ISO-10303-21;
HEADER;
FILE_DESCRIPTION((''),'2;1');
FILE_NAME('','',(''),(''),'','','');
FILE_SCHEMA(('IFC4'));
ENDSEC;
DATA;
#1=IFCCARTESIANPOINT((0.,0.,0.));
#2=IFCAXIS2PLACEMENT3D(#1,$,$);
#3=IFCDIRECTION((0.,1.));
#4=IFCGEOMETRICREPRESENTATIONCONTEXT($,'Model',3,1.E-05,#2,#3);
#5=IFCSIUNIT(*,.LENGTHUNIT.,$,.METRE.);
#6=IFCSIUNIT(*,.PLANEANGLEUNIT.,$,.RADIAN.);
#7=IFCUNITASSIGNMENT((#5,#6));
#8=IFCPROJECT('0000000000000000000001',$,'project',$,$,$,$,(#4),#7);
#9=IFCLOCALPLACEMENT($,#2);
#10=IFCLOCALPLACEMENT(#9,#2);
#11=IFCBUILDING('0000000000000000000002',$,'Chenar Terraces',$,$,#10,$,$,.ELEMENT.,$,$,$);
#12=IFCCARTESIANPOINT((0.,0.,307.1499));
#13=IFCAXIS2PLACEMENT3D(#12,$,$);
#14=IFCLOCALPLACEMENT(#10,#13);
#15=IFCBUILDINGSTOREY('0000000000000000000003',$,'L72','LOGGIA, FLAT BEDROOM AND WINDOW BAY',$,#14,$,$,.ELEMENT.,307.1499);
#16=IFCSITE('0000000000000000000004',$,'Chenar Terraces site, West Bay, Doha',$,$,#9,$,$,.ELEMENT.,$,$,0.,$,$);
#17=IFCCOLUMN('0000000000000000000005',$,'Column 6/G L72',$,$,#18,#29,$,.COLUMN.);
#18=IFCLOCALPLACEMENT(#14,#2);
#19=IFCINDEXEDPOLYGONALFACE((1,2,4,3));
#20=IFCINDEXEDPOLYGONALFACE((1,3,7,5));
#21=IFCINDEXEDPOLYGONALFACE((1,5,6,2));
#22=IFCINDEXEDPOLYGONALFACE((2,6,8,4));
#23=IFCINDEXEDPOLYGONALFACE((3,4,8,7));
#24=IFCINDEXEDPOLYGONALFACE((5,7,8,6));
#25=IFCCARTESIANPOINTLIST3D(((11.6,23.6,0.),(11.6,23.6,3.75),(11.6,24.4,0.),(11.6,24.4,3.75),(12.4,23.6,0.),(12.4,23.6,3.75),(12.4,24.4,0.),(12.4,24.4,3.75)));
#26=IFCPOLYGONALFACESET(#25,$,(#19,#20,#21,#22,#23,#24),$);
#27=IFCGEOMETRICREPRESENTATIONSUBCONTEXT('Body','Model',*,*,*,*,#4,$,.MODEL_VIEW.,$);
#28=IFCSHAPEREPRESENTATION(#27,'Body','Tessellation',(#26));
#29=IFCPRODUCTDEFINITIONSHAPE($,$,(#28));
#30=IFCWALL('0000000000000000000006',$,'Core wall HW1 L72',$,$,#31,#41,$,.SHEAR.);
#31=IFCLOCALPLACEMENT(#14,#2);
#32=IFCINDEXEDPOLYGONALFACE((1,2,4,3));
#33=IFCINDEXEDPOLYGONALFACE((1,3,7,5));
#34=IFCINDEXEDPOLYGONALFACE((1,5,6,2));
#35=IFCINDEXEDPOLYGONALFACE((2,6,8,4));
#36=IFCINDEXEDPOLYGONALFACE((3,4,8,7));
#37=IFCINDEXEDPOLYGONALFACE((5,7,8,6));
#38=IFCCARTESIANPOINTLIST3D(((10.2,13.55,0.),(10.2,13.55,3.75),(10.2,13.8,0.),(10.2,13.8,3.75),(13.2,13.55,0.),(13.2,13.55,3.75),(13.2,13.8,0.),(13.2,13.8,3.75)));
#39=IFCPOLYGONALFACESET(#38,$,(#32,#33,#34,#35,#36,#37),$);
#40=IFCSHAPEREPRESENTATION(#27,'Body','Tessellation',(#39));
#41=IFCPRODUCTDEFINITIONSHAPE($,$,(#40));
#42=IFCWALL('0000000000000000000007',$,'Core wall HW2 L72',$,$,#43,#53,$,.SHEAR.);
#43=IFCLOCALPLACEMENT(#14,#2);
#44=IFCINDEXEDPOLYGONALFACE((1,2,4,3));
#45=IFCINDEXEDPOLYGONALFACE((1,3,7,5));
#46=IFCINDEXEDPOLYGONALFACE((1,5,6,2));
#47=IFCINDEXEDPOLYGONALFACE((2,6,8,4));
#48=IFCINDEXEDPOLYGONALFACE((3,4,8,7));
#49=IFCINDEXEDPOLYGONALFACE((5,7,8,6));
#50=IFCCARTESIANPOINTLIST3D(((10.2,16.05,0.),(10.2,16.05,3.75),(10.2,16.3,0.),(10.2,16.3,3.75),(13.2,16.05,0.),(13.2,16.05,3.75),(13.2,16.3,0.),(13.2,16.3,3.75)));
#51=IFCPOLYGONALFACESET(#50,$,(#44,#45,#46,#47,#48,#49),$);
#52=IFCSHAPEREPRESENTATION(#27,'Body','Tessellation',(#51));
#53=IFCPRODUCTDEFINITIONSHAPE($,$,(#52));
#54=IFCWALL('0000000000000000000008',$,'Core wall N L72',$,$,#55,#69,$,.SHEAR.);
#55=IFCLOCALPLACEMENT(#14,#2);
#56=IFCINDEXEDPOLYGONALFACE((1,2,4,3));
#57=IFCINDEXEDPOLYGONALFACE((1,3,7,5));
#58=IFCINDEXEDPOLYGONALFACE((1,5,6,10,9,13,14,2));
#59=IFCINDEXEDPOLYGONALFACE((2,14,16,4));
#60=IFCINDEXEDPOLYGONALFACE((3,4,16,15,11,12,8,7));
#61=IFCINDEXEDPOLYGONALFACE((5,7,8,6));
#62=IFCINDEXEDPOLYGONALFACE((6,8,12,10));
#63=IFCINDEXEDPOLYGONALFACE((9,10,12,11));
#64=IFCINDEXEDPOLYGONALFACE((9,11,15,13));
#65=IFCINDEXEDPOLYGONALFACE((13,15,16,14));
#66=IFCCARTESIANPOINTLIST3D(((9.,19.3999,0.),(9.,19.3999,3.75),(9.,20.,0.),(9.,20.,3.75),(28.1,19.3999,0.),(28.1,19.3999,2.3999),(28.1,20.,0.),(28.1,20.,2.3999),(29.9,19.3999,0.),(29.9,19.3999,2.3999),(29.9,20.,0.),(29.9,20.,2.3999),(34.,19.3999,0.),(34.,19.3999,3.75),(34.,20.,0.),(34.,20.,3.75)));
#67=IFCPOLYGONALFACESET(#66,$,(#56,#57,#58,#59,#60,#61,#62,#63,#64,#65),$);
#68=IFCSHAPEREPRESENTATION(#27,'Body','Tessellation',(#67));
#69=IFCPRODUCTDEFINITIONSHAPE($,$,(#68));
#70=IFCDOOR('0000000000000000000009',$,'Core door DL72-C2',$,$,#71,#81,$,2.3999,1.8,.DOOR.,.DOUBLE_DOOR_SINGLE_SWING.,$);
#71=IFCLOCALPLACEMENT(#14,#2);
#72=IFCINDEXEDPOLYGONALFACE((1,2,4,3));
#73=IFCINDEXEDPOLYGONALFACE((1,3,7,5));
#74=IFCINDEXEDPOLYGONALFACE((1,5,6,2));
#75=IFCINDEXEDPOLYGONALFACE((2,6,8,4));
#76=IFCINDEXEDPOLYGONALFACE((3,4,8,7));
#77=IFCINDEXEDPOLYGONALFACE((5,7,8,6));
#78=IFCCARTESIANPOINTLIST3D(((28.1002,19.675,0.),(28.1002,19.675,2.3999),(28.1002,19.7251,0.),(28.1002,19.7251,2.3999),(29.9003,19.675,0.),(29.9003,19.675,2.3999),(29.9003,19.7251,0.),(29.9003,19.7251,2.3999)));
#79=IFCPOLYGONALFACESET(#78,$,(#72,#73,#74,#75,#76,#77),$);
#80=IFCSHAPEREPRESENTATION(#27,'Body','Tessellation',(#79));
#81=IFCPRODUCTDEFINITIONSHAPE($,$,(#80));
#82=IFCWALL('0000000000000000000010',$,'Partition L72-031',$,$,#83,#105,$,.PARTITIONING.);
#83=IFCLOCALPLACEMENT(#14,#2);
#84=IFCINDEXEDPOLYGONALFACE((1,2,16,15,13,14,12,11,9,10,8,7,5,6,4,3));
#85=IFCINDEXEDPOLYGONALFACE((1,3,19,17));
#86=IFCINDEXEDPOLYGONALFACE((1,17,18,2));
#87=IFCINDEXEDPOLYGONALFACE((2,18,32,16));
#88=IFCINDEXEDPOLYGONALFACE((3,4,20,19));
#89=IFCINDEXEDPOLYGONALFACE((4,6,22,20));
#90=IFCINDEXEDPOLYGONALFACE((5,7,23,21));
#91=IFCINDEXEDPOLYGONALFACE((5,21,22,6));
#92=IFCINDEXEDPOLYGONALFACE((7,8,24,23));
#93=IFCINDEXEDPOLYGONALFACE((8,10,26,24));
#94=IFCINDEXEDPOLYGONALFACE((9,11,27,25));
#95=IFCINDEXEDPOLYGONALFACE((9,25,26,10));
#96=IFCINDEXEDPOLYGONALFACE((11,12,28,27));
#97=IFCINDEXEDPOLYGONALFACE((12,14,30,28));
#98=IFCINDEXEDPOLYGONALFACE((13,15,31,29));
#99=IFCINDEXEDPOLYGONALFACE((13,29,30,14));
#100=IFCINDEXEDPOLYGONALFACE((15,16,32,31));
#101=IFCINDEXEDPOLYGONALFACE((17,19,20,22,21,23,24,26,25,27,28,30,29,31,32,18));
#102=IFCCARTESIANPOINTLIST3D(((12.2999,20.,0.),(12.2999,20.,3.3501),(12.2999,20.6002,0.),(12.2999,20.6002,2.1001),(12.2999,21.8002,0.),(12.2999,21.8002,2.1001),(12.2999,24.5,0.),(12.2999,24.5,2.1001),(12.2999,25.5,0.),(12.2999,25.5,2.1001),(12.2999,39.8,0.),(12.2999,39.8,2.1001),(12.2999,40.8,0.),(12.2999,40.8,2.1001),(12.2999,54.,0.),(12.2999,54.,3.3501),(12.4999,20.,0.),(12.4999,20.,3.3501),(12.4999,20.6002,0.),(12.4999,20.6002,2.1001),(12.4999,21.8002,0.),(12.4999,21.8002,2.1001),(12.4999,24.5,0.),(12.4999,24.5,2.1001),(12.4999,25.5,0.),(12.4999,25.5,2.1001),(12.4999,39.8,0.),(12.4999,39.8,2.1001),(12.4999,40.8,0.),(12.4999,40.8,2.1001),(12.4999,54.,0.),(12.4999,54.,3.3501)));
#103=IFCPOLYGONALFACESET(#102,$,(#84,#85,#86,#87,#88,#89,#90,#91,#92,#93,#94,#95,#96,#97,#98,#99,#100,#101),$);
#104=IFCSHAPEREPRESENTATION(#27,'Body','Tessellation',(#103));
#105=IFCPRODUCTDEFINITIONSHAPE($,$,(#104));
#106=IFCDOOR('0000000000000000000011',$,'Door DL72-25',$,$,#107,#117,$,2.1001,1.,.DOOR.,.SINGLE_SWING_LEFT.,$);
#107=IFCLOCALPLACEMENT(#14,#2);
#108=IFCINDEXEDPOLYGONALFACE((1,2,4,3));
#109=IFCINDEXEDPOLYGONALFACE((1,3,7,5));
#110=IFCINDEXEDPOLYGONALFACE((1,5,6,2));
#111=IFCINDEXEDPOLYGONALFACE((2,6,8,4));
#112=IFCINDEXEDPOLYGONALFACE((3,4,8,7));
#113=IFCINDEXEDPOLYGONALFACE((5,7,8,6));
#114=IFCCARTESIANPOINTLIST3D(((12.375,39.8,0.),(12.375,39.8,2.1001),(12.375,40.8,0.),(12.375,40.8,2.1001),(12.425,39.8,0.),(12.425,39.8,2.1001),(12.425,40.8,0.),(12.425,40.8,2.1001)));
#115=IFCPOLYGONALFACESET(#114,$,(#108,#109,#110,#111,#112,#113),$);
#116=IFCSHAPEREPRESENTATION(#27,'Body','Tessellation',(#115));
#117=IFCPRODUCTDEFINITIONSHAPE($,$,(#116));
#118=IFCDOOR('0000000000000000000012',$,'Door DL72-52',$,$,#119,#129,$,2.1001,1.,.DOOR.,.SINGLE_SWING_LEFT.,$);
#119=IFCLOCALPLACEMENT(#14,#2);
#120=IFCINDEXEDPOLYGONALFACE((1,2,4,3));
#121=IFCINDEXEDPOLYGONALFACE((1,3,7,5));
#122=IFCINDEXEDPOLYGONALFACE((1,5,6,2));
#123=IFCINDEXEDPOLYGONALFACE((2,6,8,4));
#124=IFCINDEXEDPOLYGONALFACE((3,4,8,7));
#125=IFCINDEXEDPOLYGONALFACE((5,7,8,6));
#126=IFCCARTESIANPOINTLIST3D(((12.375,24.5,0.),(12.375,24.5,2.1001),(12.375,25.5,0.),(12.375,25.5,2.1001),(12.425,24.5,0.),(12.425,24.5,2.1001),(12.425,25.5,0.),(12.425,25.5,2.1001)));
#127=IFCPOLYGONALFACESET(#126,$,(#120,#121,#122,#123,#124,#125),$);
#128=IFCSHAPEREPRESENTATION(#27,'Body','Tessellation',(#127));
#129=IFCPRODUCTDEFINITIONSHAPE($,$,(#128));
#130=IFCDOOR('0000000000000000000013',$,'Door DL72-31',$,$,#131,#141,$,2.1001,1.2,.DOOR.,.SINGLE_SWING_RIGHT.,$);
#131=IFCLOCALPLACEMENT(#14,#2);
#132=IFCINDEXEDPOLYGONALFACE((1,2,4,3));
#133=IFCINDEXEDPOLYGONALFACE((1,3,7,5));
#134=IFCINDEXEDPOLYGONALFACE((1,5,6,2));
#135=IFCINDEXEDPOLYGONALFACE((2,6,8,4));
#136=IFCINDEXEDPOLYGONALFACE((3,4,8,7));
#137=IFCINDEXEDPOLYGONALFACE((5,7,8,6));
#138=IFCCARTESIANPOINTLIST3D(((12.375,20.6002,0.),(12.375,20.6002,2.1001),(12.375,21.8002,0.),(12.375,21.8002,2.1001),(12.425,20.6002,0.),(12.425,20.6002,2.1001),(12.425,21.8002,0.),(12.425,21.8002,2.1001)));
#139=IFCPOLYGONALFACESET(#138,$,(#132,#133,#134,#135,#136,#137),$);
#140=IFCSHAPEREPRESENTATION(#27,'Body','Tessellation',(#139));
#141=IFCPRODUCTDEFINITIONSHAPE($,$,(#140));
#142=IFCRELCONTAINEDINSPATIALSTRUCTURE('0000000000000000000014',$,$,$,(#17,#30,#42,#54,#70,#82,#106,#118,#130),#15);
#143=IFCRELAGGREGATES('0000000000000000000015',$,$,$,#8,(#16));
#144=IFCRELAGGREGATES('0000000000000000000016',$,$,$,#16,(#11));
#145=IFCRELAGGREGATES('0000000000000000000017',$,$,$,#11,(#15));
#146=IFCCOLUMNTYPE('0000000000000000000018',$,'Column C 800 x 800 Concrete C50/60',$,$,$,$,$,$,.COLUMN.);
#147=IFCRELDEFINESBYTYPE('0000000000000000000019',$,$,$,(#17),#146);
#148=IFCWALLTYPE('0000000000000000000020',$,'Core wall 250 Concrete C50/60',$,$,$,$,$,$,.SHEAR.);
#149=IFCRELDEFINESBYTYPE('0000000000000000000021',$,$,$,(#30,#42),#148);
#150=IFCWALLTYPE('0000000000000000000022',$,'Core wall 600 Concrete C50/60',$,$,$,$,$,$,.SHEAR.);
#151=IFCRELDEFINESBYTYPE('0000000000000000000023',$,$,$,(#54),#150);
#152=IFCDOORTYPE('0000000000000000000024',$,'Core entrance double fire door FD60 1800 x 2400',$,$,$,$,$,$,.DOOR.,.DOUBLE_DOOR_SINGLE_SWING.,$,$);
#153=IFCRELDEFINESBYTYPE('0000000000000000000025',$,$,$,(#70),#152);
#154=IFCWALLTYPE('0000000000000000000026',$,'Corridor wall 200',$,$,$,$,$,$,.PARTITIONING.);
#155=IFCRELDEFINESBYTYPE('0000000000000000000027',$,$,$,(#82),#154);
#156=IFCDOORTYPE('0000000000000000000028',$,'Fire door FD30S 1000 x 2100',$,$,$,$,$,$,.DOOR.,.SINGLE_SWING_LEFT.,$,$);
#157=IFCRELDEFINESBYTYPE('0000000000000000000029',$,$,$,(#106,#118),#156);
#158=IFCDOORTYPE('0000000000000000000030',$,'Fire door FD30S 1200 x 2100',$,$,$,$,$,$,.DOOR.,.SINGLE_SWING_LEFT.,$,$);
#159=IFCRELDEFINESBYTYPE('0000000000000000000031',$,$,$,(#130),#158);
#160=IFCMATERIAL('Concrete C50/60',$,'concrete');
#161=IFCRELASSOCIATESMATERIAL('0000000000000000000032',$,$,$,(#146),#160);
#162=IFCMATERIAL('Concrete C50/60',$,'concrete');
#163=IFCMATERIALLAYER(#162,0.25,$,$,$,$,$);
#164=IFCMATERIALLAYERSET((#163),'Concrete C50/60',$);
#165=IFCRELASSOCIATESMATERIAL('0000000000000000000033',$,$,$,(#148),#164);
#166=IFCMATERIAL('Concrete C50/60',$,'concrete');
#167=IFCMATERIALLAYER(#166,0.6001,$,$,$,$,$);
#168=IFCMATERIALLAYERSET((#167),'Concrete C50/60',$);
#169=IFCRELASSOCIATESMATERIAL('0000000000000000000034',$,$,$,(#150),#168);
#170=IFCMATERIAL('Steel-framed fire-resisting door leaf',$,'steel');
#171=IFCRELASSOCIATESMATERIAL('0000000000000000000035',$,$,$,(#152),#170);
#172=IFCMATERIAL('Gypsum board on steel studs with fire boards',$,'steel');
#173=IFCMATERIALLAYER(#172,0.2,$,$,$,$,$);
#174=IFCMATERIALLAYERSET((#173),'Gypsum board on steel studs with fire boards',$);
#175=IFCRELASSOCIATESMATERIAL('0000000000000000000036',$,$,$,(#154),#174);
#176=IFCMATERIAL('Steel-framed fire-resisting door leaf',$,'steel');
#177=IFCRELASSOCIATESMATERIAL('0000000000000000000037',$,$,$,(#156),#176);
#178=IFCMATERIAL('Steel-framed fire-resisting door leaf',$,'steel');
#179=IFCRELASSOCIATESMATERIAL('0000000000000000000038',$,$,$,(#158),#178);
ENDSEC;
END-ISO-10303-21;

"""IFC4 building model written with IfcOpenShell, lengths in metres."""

from ifc_helpers import new_model, si_unit, direction, frame, frame_2d, origin, origin_2d, place, context, subcontext, project, spatial, rectangle, extrude, material, layer, layer_set, material_profile, profile_set, type_object, element, fill, save


model = new_model("IFC4")

# Units and contexts
model_context = context("Model", 3, precision=1e-05, world=origin(), true_north=direction((0.0, 1.0)))
body_context = subcontext(model_context, "Body", "Model", "MODEL_VIEW")
ifc_project = project(units=[si_unit("LENGTHUNIT", "METRE"), si_unit("PLANEANGLEUNIT", "RADIAN")], contexts=[model_context])

# Site, building, storey
site_placement = place(None, origin())
site = spatial("IfcSite", under=ifc_project, at=site_placement, Name="Chenar Terraces site, West Bay, Doha", CompositionType="ELEMENT", RefElevation=0.0)
building_placement = place(site_placement, origin())
building = spatial("IfcBuilding", under=site, at=building_placement, Name="Chenar Terraces", CompositionType="ELEMENT")
storey_placement = place(building_placement, frame((0.0, 0.0, 307.1499)))
storey = spatial("IfcBuildingStorey", under=building, at=storey_placement, Name="L72", Description="LOGGIA, FLAT BEDROOM AND WINDOW BAY", CompositionType="ELEMENT", Elevation=307.1499)

# Column
ifc_material_1 = material(Name="Concrete C50/60", Category="concrete")
ifc_material_profile = material_profile(ifc_material_1, rectangle(XDim=0.8, YDim=0.8, at=origin_2d()), Name="C 800 x 800")
ifc_profile_set = profile_set([ifc_material_profile], Name="Concrete C50/60")
column_type = type_object("IfcColumnType", Name="Column C 800 x 800 Concrete C50/60", PredefinedType="COLUMN", material=ifc_profile_set)
column_placement = place(storey_placement, frame((12.0, 24.0, 0.0), z_axis=(0.0, 0.0, 1.0), x_axis=(1.0, 0.0, 0.0)))
element("IfcColumn", 1, at=column_placement, inside=storey, type_object=column_type, Name="Column 6/G L72", PredefinedType="COLUMN", context=body_context, shape_type="SweptSolid", body=[
    extrude(rectangle(XDim=0.8, YDim=0.8, at=origin_2d()), origin(), (0.0, 0.0, 1.0), 3.75),
])

# Walls
ifc_material_2 = material(Name="Concrete C50/60", Category="concrete")
ifc_layer_1 = layer(ifc_material_2, 0.25)
ifc_layer_set_1 = layer_set([ifc_layer_1], Name="Concrete C50/60")
wall_type_1 = type_object("IfcWallType", Name="Core wall 250 Concrete C50/60", PredefinedType="SHEAR", material=ifc_layer_set_1)
for number, where, z_axis, x_axis, name in (
    (2, (10.2, 13.675, 0.0), (0.0, 0.0, 1.0), (1.0, 0.0, 0.0), "Core wall HW1 L72"),
    (3, (10.2, 16.175, 0.0), (0.0, 0.0, 1.0), (1.0, 0.0, 0.0), "Core wall HW2 L72"),
):
    element("IfcWall", number, at=place(storey_placement, frame(where, z_axis=z_axis, x_axis=x_axis)), inside=storey, type_object=wall_type_1, Name=name, PredefinedType="SHEAR", context=body_context, shape_type="SweptSolid", body=[
        extrude(rectangle(XDim=3.0, YDim=0.25, at=frame_2d((1.5, 0.0))), origin(), (0.0, 0.0, 1.0), 3.75),
    ])

# Wall, opening, door
ifc_material_3 = material(Name="Concrete C50/60", Category="concrete")
ifc_layer_2 = layer(ifc_material_3, 0.6001)
ifc_layer_set_2 = layer_set([ifc_layer_2], Name="Concrete C50/60")
wall_type_2 = type_object("IfcWallType", Name="Core wall 600 Concrete C50/60", PredefinedType="SHEAR", material=ifc_layer_set_2)
wall_1_placement = place(storey_placement, frame((9.0, 19.7, 0.0), z_axis=(0.0, 0.0, 1.0), x_axis=(1.0, 0.0, 0.0)))
wall_1 = element("IfcWall", 4, at=wall_1_placement, inside=storey, type_object=wall_type_2, Name="Core wall N L72", PredefinedType="SHEAR", context=body_context, shape_type="SweptSolid", body=[
    extrude(rectangle(XDim=25.0, YDim=0.6001, at=frame_2d((12.5, 0.0))), origin(), (0.0, 0.0, 1.0), 3.75),
])
opening_1_placement = place(wall_1_placement, frame((19.1001, 0.0, 0.0)))
opening_1 = element("IfcOpeningElement", 5, at=opening_1_placement, cuts=wall_1, PredefinedType="OPENING", context=body_context, shape_type="SweptSolid", body=[
    extrude(rectangle(XDim=1.8, YDim=2.3999, at=frame_2d((0.8999, 1.2))), frame((0.0, 0.3101, 0.0), z_axis=(0.0, -1.0, 0.0), x_axis=(1.0, 0.0, 0.0)), (0.0, 0.0, 1.0), 0.6201),
])
ifc_material_4 = material(Name="Steel-framed fire-resisting door leaf", Category="steel")
door_type_1 = type_object("IfcDoorType", Name="Core entrance double fire door FD60 1800 x 2400", OperationType="DOUBLE_DOOR_SINGLE_SWING", PredefinedType="DOOR", material=ifc_material_4)
door_1_placement = place(opening_1_placement, frame((1.8, 0.0, 0.0), z_axis=(0.0, 0.0, 1.0), x_axis=(-1.0, 0.0, 0.0)))
door_1 = element("IfcDoor", 6, at=door_1_placement, inside=storey, type_object=door_type_1, Name="Core door DL72-C2", OperationType="DOUBLE_DOOR_SINGLE_SWING", OverallHeight=2.3999, OverallWidth=1.8, PredefinedType="DOOR", context=body_context, shape_type="SweptSolid", body=[
    extrude(rectangle(XDim=1.8, YDim=2.3999, at=frame_2d((0.8999, 1.2))), frame((0.0, 0.0249, 0.0), z_axis=(0.0, -1.0, 0.0), x_axis=(1.0, 0.0, 0.0)), (0.0, 0.0, 1.0), 0.05),
])
fill(opening_1, door_1)

# Wall, openings, doors
ifc_material_5 = material(Name="Gypsum board on steel studs with fire boards", Category="steel")
ifc_layer_3 = layer(ifc_material_5, 0.2)
ifc_layer_set_3 = layer_set([ifc_layer_3], Name="Gypsum board on steel studs with fire boards")
wall_type_3 = type_object("IfcWallType", Name="Corridor wall 200", PredefinedType="PARTITIONING", material=ifc_layer_set_3)
wall_2_placement = place(storey_placement, frame((12.3999, 20.0, 0.0), z_axis=(0.0, 0.0, 1.0), x_axis=(0.0, 1.0, 0.0)))
wall_2 = element("IfcWall", 7, at=wall_2_placement, inside=storey, type_object=wall_type_3, Name="Partition L72-031", PredefinedType="PARTITIONING", context=body_context, shape_type="SweptSolid", body=[
    extrude(rectangle(XDim=34.0, YDim=0.2, at=frame_2d((17.0, 0.0))), origin(), (0.0, 0.0, 1.0), 3.3501),
])
opening_2_placement = place(wall_2_placement, frame((19.8, 0.0, 0.0)))
opening_2 = element("IfcOpeningElement", 8, at=opening_2_placement, cuts=wall_2, PredefinedType="OPENING", context=body_context, shape_type="SweptSolid", body=[
    extrude(rectangle(XDim=1.0, YDim=2.1001, at=frame_2d((0.5, 1.05))), frame((0.0, 0.1099, 0.0), z_axis=(0.0, -1.0, 0.0), x_axis=(1.0, 0.0, 0.0)), (0.0, 0.0, 1.0), 0.22),
])
opening_3_placement = place(wall_2_placement, frame((0.6001, 0.0, 0.0)))
opening_3 = element("IfcOpeningElement", 9, at=opening_3_placement, cuts=wall_2, PredefinedType="OPENING", context=body_context, shape_type="SweptSolid", body=[
    extrude(rectangle(XDim=1.2, YDim=2.1001, at=frame_2d((0.6001, 1.05))), frame((0.0, 0.1099, 0.0), z_axis=(0.0, -1.0, 0.0), x_axis=(1.0, 0.0, 0.0)), (0.0, 0.0, 1.0), 0.22),
])
opening_4_placement = place(wall_2_placement, frame((4.5, 0.0, 0.0)))
opening_4 = element("IfcOpeningElement", 10, at=opening_4_placement, cuts=wall_2, PredefinedType="OPENING", context=body_context, shape_type="SweptSolid", body=[
    extrude(rectangle(XDim=1.0, YDim=2.1001, at=frame_2d((0.5, 1.05))), frame((0.0, 0.1099, 0.0), z_axis=(0.0, -1.0, 0.0), x_axis=(1.0, 0.0, 0.0)), (0.0, 0.0, 1.0), 0.22),
])
ifc_material_6 = material(Name="Steel-framed fire-resisting door leaf", Category="steel")
door_type_2 = type_object("IfcDoorType", Name="Fire door FD30S 1000 x 2100", OperationType="SINGLE_SWING_LEFT", PredefinedType="DOOR", material=ifc_material_6)
door_2_placement = place(opening_2_placement, origin())
door_2 = element("IfcDoor", 11, at=door_2_placement, inside=storey, type_object=door_type_2, Name="Door DL72-25", OperationType="SINGLE_SWING_LEFT", OverallHeight=2.1001, OverallWidth=1.0, PredefinedType="DOOR", context=body_context, shape_type="SweptSolid", body=[
    extrude(rectangle(XDim=1.0, YDim=2.1001, at=frame_2d((0.5, 1.05))), frame((0.0, 0.0249, 0.0), z_axis=(0.0, -1.0, 0.0), x_axis=(1.0, 0.0, 0.0)), (0.0, 0.0, 1.0), 0.05),
])
fill(opening_2, door_2)
door_3_placement = place(opening_4_placement, origin())
door_3 = element("IfcDoor", 12, at=door_3_placement, inside=storey, type_object=door_type_2, Name="Door DL72-52", OperationType="SINGLE_SWING_LEFT", OverallHeight=2.1001, OverallWidth=1.0, PredefinedType="DOOR", context=body_context, shape_type="SweptSolid", body=[
    extrude(rectangle(XDim=1.0, YDim=2.1001, at=frame_2d((0.5, 1.05))), frame((0.0, 0.0249, 0.0), z_axis=(0.0, -1.0, 0.0), x_axis=(1.0, 0.0, 0.0)), (0.0, 0.0, 1.0), 0.05),
])
fill(opening_4, door_3)
ifc_material_7 = material(Name="Steel-framed fire-resisting door leaf", Category="steel")
door_type_3 = type_object("IfcDoorType", Name="Fire door FD30S 1200 x 2100", OperationType="SINGLE_SWING_LEFT", PredefinedType="DOOR", material=ifc_material_7)
door_4_placement = place(opening_3_placement, origin())
door_4 = element("IfcDoor", 13, at=door_4_placement, inside=storey, type_object=door_type_3, Name="Door DL72-31", OperationType="SINGLE_SWING_RIGHT", OverallHeight=2.1001, OverallWidth=1.2, PredefinedType="DOOR", context=body_context, shape_type="SweptSolid", body=[
    extrude(rectangle(XDim=1.2, YDim=2.1001, at=frame_2d((0.6001, 1.05))), frame((0.0, 0.0249, 0.0), z_axis=(0.0, -1.0, 0.0), x_axis=(1.0, 0.0, 0.0)), (0.0, 0.0, 1.0), 0.05),
])
fill(opening_3, door_4)

save(model, "model.ifc")
